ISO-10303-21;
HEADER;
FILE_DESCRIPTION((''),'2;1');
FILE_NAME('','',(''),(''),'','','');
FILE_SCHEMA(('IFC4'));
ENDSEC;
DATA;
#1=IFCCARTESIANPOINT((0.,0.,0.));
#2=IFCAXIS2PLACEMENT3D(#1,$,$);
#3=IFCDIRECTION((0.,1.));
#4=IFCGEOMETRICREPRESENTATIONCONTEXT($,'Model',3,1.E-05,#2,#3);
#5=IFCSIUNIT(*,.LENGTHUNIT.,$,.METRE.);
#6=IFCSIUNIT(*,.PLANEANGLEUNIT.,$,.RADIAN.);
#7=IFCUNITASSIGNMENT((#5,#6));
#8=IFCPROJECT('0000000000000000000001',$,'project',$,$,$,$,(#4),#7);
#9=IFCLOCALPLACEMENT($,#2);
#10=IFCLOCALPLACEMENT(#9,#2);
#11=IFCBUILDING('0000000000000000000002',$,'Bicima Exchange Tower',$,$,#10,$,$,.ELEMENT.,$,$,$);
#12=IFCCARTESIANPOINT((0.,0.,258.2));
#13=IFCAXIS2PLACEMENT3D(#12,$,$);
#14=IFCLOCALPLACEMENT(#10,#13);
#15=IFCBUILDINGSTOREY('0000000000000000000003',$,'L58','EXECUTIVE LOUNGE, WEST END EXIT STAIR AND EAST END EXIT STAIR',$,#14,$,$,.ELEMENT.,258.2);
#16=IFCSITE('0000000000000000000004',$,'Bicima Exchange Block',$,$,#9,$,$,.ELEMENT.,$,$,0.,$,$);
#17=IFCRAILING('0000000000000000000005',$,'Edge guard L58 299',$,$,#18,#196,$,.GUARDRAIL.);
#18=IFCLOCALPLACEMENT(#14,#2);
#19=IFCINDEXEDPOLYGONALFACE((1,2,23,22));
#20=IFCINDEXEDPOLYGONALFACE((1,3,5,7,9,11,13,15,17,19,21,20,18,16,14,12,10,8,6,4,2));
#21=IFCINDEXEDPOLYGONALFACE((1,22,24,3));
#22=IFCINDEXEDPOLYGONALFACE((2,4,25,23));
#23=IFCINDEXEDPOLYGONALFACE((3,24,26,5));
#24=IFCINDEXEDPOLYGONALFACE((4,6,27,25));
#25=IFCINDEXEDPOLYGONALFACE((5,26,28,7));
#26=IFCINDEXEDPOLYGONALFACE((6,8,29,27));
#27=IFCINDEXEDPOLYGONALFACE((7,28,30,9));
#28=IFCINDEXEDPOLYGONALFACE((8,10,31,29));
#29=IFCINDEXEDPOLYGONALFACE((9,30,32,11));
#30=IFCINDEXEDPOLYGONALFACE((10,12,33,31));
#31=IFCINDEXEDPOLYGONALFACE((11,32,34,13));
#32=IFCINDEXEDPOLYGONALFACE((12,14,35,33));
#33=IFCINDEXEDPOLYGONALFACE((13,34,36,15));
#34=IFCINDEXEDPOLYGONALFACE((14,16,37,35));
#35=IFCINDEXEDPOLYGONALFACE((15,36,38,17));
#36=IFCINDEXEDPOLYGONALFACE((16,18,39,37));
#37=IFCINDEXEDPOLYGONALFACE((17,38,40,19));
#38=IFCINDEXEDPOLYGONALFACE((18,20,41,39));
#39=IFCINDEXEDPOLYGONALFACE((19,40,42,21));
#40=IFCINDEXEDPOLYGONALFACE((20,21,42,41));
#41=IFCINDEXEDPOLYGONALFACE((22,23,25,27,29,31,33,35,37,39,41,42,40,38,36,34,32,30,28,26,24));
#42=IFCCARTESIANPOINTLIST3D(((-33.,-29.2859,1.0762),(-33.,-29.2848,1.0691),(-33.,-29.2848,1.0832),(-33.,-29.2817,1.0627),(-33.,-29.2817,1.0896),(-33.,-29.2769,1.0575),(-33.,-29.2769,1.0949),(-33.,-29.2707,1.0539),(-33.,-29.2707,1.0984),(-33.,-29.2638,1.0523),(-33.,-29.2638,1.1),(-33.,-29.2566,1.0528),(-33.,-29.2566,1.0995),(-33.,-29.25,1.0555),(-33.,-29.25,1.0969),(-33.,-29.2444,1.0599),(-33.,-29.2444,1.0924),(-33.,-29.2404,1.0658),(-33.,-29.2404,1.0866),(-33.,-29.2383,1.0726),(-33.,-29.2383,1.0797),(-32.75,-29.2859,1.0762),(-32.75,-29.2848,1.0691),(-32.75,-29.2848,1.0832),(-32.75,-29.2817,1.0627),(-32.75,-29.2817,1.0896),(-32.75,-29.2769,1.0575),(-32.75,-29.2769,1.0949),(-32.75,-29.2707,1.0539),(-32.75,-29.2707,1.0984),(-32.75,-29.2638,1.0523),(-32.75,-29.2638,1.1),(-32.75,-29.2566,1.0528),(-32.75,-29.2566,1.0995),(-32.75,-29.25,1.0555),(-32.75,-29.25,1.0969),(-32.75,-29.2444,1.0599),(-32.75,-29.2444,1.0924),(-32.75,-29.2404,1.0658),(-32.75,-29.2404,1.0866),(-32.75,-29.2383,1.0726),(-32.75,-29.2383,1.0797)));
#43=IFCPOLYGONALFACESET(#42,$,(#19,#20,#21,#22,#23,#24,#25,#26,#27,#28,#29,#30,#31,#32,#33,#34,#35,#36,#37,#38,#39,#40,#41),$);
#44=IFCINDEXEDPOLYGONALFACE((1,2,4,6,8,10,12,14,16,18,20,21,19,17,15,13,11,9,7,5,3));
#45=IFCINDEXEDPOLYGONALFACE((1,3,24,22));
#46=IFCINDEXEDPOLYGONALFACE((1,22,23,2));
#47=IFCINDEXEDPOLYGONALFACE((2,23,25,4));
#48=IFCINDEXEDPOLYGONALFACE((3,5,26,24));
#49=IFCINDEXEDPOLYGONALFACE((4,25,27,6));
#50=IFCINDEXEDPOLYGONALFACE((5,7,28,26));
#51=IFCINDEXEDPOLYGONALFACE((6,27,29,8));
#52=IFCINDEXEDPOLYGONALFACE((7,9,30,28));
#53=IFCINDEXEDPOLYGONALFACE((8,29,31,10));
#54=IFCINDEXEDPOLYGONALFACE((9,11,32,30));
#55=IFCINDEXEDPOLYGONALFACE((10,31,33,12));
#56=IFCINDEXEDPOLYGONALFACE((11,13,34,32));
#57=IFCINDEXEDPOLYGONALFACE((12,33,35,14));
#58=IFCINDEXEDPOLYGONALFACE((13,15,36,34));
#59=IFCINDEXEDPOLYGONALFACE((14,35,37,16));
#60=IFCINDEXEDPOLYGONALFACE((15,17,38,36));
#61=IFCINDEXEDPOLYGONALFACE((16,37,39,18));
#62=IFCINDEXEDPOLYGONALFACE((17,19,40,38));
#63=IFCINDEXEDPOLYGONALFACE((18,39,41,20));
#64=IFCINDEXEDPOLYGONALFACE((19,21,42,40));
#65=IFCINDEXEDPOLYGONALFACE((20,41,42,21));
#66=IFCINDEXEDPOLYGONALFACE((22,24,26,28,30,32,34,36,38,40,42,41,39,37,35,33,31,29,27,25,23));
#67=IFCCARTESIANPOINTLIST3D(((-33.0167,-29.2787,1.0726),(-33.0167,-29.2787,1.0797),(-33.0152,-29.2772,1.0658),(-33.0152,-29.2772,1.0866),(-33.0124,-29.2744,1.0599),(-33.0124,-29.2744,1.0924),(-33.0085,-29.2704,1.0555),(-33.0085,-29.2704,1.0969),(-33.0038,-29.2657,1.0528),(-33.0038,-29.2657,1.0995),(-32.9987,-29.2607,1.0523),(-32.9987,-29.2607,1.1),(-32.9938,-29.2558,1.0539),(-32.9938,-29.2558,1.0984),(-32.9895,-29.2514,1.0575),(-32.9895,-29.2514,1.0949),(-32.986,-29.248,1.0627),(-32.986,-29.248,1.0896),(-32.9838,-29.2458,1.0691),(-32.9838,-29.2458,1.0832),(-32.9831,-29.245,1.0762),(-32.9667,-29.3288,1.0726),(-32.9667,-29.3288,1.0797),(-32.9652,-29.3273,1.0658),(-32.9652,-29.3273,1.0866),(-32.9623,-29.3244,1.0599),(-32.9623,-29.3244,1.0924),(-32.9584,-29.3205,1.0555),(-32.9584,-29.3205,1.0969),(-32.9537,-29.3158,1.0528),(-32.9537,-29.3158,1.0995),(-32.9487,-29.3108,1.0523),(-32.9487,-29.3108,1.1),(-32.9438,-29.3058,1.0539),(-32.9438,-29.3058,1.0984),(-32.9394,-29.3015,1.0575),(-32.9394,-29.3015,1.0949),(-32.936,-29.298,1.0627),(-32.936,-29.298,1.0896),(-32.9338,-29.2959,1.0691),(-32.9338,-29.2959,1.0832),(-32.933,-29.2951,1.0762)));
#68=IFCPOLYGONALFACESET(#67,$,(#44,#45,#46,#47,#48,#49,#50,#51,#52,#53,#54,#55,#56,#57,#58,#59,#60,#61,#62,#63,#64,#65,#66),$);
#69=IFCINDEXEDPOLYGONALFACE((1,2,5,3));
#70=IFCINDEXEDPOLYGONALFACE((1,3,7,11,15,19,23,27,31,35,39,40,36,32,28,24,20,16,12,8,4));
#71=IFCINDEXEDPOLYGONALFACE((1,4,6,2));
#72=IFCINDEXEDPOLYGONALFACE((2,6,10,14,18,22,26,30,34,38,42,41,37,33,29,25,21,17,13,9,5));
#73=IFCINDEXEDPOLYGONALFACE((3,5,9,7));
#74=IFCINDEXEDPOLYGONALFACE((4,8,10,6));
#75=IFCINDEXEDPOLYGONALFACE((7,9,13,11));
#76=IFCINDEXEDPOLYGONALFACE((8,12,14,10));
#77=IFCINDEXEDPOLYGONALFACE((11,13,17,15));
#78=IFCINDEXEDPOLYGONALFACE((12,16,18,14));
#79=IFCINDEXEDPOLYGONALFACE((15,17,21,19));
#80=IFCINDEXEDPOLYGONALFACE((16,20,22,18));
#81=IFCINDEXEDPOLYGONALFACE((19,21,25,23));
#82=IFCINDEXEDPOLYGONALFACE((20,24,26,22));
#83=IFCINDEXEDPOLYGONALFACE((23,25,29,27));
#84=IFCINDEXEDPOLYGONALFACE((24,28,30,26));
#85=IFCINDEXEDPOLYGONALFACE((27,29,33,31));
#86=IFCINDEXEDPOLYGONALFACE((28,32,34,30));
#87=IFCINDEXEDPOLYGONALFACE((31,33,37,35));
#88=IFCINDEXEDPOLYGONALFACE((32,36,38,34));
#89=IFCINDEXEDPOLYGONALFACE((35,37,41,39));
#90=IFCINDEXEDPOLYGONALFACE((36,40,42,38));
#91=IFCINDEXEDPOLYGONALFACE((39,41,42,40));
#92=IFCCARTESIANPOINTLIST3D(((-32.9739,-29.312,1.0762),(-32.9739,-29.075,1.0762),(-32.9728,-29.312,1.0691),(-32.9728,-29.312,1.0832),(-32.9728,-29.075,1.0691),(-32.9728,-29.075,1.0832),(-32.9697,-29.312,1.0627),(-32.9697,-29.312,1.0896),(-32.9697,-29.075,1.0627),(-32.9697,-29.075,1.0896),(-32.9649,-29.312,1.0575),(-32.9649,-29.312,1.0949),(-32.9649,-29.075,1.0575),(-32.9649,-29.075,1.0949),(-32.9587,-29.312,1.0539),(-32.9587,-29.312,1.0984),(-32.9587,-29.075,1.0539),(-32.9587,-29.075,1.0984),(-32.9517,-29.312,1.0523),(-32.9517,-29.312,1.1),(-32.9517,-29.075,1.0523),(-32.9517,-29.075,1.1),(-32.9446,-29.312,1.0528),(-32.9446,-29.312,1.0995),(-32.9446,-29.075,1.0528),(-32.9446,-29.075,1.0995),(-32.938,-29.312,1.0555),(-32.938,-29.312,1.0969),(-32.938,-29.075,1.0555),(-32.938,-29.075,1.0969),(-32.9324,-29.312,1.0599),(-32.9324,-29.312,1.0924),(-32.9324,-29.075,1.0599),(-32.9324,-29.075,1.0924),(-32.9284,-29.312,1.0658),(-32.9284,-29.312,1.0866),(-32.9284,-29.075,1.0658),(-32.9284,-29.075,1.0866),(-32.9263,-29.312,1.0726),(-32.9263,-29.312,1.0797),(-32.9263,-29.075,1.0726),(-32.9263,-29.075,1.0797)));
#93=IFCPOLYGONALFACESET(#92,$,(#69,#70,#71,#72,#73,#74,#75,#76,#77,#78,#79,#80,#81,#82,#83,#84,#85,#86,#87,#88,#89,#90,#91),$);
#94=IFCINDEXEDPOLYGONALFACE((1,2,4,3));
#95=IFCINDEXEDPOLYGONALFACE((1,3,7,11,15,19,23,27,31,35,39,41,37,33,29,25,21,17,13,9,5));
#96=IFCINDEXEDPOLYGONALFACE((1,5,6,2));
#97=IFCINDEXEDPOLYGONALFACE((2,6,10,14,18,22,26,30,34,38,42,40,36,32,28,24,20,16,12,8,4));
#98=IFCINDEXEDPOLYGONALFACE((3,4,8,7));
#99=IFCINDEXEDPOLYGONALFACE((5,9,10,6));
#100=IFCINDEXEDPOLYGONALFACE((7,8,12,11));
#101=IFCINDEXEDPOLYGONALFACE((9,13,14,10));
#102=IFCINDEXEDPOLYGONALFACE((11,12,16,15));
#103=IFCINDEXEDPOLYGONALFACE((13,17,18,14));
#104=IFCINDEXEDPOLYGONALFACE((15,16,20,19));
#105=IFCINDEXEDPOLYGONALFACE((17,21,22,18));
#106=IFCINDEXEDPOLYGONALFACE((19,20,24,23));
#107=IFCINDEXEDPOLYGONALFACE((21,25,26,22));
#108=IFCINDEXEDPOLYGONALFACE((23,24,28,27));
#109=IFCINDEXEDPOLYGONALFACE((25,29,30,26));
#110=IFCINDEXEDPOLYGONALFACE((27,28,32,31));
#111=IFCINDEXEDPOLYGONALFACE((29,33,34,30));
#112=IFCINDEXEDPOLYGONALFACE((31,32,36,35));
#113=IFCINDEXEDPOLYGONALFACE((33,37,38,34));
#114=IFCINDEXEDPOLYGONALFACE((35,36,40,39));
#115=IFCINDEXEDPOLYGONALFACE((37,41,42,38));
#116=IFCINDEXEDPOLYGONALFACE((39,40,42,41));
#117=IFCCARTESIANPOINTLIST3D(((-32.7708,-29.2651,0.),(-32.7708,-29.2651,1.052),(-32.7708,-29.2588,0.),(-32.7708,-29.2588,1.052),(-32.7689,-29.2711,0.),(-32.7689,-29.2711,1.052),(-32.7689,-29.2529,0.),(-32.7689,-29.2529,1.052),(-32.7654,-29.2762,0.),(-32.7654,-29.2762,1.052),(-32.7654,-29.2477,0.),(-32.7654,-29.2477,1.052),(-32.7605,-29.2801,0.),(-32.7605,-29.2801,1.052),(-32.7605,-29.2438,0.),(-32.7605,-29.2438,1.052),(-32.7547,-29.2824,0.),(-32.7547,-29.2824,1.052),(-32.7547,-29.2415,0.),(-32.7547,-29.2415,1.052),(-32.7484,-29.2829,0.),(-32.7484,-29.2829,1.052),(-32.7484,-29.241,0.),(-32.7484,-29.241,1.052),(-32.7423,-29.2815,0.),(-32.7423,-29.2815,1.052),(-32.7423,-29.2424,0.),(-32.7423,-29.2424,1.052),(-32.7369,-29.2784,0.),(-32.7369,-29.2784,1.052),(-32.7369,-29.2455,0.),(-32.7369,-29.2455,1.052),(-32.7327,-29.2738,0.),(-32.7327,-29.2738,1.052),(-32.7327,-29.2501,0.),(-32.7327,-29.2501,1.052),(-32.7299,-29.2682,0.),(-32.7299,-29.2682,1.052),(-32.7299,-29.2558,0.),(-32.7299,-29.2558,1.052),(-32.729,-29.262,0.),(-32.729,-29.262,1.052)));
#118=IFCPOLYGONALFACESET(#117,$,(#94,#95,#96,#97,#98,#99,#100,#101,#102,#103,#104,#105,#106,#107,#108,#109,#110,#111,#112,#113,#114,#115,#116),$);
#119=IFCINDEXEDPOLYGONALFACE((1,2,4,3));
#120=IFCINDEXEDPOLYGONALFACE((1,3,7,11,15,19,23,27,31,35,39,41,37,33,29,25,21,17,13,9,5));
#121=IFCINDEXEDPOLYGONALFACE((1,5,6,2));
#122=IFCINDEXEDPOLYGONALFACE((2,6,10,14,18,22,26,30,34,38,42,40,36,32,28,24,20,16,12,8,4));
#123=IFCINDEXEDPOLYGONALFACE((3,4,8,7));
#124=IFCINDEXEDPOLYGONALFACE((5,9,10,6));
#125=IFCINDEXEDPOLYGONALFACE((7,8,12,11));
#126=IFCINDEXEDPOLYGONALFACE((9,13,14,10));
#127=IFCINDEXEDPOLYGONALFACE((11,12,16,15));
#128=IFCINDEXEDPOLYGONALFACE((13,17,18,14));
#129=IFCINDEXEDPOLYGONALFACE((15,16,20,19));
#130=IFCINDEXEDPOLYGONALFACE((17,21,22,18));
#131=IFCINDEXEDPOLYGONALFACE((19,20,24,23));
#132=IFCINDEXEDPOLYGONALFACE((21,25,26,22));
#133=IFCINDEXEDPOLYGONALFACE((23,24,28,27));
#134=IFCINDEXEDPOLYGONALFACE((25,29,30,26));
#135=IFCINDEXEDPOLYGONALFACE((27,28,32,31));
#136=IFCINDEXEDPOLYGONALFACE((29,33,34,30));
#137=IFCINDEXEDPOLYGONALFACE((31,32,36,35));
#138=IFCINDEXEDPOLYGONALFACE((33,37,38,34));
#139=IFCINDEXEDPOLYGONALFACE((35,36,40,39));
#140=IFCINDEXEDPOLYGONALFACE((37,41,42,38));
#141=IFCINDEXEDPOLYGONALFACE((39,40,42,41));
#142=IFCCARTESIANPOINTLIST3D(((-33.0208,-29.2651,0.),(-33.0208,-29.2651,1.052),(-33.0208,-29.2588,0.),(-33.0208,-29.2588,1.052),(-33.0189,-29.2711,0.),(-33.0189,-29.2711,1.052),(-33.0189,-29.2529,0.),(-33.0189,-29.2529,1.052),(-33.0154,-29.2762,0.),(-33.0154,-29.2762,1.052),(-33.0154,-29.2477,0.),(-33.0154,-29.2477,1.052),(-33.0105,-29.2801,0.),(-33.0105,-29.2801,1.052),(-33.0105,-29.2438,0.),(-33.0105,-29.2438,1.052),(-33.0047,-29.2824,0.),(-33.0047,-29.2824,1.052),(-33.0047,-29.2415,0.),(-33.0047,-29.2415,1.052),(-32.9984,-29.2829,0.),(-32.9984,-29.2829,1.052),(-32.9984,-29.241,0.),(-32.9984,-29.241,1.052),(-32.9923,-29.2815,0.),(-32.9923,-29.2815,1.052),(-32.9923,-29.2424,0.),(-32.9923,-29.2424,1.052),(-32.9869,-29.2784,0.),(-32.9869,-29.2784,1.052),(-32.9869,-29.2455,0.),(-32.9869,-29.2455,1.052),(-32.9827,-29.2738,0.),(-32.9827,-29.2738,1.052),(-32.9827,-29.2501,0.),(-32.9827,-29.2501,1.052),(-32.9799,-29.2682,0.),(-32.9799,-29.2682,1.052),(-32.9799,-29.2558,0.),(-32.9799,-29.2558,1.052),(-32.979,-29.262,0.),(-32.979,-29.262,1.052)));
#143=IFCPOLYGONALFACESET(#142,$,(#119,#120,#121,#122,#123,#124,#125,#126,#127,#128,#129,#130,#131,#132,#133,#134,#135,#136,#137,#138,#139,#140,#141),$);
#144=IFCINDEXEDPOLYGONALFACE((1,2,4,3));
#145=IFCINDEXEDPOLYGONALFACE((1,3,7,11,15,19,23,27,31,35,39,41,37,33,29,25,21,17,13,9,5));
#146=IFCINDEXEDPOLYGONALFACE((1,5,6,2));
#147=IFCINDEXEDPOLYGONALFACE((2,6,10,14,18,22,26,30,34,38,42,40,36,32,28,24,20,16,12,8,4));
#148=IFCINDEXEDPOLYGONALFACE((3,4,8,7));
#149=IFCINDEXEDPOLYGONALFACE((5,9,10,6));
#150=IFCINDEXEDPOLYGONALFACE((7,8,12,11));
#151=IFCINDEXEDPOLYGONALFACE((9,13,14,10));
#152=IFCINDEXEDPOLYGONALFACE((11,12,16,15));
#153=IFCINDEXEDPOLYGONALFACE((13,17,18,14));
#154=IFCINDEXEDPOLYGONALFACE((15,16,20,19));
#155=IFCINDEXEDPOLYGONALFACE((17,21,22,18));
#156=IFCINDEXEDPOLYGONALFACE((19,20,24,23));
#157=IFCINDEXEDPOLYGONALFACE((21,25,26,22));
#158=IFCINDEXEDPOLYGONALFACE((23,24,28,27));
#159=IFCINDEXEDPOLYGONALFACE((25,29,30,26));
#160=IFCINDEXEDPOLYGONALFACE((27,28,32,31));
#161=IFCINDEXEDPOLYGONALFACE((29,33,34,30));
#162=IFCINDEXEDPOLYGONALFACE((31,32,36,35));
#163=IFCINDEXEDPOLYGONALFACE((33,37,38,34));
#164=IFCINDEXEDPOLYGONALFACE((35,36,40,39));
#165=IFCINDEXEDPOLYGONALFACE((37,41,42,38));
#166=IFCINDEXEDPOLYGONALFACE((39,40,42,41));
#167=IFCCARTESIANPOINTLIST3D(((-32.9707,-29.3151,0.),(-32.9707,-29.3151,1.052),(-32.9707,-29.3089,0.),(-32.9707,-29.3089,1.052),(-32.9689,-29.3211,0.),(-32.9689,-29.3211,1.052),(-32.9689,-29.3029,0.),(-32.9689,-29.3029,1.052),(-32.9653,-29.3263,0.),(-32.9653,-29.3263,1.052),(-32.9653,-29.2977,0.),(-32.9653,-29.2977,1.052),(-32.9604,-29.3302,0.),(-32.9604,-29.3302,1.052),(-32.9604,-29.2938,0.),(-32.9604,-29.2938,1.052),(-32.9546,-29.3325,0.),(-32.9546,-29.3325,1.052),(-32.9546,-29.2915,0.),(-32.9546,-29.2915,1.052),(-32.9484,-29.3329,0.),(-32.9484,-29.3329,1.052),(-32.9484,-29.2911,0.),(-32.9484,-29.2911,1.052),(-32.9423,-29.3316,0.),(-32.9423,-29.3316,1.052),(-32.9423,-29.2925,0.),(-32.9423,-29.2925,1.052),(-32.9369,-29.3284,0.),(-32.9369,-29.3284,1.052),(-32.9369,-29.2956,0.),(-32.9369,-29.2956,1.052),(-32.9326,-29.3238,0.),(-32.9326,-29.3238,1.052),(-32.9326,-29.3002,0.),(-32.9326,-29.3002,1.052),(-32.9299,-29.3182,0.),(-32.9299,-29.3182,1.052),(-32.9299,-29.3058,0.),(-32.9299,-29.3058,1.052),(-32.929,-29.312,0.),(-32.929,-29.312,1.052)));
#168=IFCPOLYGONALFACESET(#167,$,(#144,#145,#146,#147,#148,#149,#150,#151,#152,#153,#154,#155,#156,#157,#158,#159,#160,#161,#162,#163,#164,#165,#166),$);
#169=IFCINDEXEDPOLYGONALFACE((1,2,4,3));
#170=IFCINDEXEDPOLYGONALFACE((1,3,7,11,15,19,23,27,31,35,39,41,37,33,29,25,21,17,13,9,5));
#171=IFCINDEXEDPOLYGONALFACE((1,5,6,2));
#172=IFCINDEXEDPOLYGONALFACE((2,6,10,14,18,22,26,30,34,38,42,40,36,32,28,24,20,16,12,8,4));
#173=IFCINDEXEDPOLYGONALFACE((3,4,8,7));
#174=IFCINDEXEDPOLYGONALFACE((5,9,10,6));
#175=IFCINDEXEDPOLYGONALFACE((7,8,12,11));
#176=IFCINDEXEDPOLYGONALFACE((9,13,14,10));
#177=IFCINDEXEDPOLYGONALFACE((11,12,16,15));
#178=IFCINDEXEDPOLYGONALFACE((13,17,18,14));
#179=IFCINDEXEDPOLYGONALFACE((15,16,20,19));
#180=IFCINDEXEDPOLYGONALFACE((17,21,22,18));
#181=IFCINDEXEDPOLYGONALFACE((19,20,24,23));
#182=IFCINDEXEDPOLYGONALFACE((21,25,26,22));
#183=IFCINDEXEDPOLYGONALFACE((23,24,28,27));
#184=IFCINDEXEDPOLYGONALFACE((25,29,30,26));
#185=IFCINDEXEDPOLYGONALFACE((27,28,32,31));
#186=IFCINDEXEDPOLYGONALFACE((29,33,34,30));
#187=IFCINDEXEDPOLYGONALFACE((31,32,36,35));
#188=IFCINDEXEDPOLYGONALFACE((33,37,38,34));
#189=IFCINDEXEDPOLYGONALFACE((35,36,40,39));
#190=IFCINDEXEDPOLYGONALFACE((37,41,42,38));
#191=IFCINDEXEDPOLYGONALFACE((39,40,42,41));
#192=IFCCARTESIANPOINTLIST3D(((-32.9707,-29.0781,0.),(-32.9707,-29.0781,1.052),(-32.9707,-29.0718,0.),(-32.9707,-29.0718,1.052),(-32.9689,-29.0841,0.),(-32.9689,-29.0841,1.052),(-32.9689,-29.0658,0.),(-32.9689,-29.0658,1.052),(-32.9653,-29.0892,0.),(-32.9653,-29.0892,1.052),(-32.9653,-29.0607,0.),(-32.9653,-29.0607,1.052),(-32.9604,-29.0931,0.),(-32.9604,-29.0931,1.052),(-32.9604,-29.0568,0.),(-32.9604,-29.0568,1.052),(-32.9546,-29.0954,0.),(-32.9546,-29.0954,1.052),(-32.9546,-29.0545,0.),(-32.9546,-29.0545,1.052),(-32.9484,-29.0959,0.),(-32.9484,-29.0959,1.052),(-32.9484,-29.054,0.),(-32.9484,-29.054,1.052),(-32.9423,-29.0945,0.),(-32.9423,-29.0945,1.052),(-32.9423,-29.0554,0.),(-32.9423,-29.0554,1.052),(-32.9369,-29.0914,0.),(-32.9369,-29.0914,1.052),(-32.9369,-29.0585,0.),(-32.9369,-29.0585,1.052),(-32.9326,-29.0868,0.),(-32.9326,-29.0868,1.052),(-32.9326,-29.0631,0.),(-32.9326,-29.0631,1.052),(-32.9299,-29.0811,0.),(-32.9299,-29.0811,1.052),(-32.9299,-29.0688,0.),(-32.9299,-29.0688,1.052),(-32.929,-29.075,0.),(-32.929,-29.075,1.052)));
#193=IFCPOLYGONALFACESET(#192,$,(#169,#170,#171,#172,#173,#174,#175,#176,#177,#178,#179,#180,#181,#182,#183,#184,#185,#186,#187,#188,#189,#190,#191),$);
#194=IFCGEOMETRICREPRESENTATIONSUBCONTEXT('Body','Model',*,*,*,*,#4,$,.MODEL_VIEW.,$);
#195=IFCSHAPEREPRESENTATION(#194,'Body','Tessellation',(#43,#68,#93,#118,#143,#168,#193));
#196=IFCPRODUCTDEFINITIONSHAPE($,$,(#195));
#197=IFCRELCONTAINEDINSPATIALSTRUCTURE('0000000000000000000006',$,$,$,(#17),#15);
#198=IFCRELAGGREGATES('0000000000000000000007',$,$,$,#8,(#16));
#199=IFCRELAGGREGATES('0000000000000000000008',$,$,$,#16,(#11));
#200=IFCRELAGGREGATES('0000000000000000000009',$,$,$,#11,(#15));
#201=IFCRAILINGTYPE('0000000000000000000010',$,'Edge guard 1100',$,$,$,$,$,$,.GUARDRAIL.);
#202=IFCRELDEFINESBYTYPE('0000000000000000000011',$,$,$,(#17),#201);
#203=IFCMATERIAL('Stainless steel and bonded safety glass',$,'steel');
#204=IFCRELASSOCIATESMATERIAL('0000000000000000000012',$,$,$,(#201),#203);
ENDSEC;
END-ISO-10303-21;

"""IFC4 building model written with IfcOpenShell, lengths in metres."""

from ifc_helpers import new_model, si_unit, direction, frame, origin, origin_2d, place, context, subcontext, project, spatial, circle, extrude, material, type_object, element, save


model = new_model("IFC4")

# Units and contexts
model_context = context("Model", 3, precision=1e-05, world=origin(), true_north=direction((0.0, 1.0)))
body_context = subcontext(model_context, "Body", "Model", "MODEL_VIEW")
ifc_project = project(units=[si_unit("LENGTHUNIT", "METRE"), si_unit("PLANEANGLEUNIT", "RADIAN")], contexts=[model_context])

# Site, building, storey
site_placement = place(None, origin())
site = spatial("IfcSite", under=ifc_project, at=site_placement, Name="Bicima Exchange Block", CompositionType="ELEMENT", RefElevation=0.0)
building_placement = place(site_placement, origin())
building = spatial("IfcBuilding", under=site, at=building_placement, Name="Bicima Exchange Tower", CompositionType="ELEMENT")
storey_placement = place(building_placement, frame((0.0, 0.0, 258.2)))
storey = spatial("IfcBuildingStorey", under=building, at=storey_placement, Name="L58", Description="EXECUTIVE LOUNGE, WEST END EXIT STAIR AND EAST END EXIT STAIR", CompositionType="ELEMENT", Elevation=258.2)

# Railing
ifc_material_1 = material(Name="Stainless steel and bonded safety glass", Category="steel")
railing_type = type_object("IfcRailingType", Name="Edge guard 1100", PredefinedType="GUARDRAIL", material=ifc_material_1)
railing_1_placement = place(storey_placement, frame((-32.75, -29.262, 0.0)))
element("IfcRailing", 1, at=railing_1_placement, inside=storey, type_object=railing_type, Name="Edge guard L58 299", PredefinedType="GUARDRAIL", context=body_context, shape_type="SweptSolid", body=[
    extrude(circle(Radius=0.0239, at=origin_2d()), frame((0.0, 0.0, 1.0762), z_axis=(-1.0, 0.0, 0.0), x_axis=(0.0, -1.0, 0.0)), (0.0, 0.0, 1.0), 0.25),
    extrude(circle(Radius=0.0239, at=origin_2d()), frame((-0.25, 0.0, 1.0762), z_axis=(0.707107, -0.707107, 0.0), x_axis=(0.707107, 0.707107, 0.0)), (0.0, 0.0, 1.0), 0.0708),
    extrude(circle(Radius=0.0239, at=origin_2d()), frame((-0.2, -0.05, 1.0762), z_axis=(0.0, 1.0, 0.0), x_axis=(-1.0, 0.0, 0.0)), (0.0, 0.0, 1.0), 0.2371),
    extrude(circle(Radius=0.021, at=origin_2d()), origin(), (0.0, 0.0, 1.0), 1.052),
    extrude(circle(Radius=0.021, at=origin_2d()), frame((-0.25, 0.0, 0.0)), (0.0, 0.0, 1.0), 1.052),
    extrude(circle(Radius=0.021, at=origin_2d()), frame((-0.2, -0.05, 0.0)), (0.0, 0.0, 1.0), 1.052),
    extrude(circle(Radius=0.021, at=origin_2d()), frame((-0.2, 0.187, 0.0)), (0.0, 0.0, 1.0), 1.052),
])

save(model, "model.ifc")
